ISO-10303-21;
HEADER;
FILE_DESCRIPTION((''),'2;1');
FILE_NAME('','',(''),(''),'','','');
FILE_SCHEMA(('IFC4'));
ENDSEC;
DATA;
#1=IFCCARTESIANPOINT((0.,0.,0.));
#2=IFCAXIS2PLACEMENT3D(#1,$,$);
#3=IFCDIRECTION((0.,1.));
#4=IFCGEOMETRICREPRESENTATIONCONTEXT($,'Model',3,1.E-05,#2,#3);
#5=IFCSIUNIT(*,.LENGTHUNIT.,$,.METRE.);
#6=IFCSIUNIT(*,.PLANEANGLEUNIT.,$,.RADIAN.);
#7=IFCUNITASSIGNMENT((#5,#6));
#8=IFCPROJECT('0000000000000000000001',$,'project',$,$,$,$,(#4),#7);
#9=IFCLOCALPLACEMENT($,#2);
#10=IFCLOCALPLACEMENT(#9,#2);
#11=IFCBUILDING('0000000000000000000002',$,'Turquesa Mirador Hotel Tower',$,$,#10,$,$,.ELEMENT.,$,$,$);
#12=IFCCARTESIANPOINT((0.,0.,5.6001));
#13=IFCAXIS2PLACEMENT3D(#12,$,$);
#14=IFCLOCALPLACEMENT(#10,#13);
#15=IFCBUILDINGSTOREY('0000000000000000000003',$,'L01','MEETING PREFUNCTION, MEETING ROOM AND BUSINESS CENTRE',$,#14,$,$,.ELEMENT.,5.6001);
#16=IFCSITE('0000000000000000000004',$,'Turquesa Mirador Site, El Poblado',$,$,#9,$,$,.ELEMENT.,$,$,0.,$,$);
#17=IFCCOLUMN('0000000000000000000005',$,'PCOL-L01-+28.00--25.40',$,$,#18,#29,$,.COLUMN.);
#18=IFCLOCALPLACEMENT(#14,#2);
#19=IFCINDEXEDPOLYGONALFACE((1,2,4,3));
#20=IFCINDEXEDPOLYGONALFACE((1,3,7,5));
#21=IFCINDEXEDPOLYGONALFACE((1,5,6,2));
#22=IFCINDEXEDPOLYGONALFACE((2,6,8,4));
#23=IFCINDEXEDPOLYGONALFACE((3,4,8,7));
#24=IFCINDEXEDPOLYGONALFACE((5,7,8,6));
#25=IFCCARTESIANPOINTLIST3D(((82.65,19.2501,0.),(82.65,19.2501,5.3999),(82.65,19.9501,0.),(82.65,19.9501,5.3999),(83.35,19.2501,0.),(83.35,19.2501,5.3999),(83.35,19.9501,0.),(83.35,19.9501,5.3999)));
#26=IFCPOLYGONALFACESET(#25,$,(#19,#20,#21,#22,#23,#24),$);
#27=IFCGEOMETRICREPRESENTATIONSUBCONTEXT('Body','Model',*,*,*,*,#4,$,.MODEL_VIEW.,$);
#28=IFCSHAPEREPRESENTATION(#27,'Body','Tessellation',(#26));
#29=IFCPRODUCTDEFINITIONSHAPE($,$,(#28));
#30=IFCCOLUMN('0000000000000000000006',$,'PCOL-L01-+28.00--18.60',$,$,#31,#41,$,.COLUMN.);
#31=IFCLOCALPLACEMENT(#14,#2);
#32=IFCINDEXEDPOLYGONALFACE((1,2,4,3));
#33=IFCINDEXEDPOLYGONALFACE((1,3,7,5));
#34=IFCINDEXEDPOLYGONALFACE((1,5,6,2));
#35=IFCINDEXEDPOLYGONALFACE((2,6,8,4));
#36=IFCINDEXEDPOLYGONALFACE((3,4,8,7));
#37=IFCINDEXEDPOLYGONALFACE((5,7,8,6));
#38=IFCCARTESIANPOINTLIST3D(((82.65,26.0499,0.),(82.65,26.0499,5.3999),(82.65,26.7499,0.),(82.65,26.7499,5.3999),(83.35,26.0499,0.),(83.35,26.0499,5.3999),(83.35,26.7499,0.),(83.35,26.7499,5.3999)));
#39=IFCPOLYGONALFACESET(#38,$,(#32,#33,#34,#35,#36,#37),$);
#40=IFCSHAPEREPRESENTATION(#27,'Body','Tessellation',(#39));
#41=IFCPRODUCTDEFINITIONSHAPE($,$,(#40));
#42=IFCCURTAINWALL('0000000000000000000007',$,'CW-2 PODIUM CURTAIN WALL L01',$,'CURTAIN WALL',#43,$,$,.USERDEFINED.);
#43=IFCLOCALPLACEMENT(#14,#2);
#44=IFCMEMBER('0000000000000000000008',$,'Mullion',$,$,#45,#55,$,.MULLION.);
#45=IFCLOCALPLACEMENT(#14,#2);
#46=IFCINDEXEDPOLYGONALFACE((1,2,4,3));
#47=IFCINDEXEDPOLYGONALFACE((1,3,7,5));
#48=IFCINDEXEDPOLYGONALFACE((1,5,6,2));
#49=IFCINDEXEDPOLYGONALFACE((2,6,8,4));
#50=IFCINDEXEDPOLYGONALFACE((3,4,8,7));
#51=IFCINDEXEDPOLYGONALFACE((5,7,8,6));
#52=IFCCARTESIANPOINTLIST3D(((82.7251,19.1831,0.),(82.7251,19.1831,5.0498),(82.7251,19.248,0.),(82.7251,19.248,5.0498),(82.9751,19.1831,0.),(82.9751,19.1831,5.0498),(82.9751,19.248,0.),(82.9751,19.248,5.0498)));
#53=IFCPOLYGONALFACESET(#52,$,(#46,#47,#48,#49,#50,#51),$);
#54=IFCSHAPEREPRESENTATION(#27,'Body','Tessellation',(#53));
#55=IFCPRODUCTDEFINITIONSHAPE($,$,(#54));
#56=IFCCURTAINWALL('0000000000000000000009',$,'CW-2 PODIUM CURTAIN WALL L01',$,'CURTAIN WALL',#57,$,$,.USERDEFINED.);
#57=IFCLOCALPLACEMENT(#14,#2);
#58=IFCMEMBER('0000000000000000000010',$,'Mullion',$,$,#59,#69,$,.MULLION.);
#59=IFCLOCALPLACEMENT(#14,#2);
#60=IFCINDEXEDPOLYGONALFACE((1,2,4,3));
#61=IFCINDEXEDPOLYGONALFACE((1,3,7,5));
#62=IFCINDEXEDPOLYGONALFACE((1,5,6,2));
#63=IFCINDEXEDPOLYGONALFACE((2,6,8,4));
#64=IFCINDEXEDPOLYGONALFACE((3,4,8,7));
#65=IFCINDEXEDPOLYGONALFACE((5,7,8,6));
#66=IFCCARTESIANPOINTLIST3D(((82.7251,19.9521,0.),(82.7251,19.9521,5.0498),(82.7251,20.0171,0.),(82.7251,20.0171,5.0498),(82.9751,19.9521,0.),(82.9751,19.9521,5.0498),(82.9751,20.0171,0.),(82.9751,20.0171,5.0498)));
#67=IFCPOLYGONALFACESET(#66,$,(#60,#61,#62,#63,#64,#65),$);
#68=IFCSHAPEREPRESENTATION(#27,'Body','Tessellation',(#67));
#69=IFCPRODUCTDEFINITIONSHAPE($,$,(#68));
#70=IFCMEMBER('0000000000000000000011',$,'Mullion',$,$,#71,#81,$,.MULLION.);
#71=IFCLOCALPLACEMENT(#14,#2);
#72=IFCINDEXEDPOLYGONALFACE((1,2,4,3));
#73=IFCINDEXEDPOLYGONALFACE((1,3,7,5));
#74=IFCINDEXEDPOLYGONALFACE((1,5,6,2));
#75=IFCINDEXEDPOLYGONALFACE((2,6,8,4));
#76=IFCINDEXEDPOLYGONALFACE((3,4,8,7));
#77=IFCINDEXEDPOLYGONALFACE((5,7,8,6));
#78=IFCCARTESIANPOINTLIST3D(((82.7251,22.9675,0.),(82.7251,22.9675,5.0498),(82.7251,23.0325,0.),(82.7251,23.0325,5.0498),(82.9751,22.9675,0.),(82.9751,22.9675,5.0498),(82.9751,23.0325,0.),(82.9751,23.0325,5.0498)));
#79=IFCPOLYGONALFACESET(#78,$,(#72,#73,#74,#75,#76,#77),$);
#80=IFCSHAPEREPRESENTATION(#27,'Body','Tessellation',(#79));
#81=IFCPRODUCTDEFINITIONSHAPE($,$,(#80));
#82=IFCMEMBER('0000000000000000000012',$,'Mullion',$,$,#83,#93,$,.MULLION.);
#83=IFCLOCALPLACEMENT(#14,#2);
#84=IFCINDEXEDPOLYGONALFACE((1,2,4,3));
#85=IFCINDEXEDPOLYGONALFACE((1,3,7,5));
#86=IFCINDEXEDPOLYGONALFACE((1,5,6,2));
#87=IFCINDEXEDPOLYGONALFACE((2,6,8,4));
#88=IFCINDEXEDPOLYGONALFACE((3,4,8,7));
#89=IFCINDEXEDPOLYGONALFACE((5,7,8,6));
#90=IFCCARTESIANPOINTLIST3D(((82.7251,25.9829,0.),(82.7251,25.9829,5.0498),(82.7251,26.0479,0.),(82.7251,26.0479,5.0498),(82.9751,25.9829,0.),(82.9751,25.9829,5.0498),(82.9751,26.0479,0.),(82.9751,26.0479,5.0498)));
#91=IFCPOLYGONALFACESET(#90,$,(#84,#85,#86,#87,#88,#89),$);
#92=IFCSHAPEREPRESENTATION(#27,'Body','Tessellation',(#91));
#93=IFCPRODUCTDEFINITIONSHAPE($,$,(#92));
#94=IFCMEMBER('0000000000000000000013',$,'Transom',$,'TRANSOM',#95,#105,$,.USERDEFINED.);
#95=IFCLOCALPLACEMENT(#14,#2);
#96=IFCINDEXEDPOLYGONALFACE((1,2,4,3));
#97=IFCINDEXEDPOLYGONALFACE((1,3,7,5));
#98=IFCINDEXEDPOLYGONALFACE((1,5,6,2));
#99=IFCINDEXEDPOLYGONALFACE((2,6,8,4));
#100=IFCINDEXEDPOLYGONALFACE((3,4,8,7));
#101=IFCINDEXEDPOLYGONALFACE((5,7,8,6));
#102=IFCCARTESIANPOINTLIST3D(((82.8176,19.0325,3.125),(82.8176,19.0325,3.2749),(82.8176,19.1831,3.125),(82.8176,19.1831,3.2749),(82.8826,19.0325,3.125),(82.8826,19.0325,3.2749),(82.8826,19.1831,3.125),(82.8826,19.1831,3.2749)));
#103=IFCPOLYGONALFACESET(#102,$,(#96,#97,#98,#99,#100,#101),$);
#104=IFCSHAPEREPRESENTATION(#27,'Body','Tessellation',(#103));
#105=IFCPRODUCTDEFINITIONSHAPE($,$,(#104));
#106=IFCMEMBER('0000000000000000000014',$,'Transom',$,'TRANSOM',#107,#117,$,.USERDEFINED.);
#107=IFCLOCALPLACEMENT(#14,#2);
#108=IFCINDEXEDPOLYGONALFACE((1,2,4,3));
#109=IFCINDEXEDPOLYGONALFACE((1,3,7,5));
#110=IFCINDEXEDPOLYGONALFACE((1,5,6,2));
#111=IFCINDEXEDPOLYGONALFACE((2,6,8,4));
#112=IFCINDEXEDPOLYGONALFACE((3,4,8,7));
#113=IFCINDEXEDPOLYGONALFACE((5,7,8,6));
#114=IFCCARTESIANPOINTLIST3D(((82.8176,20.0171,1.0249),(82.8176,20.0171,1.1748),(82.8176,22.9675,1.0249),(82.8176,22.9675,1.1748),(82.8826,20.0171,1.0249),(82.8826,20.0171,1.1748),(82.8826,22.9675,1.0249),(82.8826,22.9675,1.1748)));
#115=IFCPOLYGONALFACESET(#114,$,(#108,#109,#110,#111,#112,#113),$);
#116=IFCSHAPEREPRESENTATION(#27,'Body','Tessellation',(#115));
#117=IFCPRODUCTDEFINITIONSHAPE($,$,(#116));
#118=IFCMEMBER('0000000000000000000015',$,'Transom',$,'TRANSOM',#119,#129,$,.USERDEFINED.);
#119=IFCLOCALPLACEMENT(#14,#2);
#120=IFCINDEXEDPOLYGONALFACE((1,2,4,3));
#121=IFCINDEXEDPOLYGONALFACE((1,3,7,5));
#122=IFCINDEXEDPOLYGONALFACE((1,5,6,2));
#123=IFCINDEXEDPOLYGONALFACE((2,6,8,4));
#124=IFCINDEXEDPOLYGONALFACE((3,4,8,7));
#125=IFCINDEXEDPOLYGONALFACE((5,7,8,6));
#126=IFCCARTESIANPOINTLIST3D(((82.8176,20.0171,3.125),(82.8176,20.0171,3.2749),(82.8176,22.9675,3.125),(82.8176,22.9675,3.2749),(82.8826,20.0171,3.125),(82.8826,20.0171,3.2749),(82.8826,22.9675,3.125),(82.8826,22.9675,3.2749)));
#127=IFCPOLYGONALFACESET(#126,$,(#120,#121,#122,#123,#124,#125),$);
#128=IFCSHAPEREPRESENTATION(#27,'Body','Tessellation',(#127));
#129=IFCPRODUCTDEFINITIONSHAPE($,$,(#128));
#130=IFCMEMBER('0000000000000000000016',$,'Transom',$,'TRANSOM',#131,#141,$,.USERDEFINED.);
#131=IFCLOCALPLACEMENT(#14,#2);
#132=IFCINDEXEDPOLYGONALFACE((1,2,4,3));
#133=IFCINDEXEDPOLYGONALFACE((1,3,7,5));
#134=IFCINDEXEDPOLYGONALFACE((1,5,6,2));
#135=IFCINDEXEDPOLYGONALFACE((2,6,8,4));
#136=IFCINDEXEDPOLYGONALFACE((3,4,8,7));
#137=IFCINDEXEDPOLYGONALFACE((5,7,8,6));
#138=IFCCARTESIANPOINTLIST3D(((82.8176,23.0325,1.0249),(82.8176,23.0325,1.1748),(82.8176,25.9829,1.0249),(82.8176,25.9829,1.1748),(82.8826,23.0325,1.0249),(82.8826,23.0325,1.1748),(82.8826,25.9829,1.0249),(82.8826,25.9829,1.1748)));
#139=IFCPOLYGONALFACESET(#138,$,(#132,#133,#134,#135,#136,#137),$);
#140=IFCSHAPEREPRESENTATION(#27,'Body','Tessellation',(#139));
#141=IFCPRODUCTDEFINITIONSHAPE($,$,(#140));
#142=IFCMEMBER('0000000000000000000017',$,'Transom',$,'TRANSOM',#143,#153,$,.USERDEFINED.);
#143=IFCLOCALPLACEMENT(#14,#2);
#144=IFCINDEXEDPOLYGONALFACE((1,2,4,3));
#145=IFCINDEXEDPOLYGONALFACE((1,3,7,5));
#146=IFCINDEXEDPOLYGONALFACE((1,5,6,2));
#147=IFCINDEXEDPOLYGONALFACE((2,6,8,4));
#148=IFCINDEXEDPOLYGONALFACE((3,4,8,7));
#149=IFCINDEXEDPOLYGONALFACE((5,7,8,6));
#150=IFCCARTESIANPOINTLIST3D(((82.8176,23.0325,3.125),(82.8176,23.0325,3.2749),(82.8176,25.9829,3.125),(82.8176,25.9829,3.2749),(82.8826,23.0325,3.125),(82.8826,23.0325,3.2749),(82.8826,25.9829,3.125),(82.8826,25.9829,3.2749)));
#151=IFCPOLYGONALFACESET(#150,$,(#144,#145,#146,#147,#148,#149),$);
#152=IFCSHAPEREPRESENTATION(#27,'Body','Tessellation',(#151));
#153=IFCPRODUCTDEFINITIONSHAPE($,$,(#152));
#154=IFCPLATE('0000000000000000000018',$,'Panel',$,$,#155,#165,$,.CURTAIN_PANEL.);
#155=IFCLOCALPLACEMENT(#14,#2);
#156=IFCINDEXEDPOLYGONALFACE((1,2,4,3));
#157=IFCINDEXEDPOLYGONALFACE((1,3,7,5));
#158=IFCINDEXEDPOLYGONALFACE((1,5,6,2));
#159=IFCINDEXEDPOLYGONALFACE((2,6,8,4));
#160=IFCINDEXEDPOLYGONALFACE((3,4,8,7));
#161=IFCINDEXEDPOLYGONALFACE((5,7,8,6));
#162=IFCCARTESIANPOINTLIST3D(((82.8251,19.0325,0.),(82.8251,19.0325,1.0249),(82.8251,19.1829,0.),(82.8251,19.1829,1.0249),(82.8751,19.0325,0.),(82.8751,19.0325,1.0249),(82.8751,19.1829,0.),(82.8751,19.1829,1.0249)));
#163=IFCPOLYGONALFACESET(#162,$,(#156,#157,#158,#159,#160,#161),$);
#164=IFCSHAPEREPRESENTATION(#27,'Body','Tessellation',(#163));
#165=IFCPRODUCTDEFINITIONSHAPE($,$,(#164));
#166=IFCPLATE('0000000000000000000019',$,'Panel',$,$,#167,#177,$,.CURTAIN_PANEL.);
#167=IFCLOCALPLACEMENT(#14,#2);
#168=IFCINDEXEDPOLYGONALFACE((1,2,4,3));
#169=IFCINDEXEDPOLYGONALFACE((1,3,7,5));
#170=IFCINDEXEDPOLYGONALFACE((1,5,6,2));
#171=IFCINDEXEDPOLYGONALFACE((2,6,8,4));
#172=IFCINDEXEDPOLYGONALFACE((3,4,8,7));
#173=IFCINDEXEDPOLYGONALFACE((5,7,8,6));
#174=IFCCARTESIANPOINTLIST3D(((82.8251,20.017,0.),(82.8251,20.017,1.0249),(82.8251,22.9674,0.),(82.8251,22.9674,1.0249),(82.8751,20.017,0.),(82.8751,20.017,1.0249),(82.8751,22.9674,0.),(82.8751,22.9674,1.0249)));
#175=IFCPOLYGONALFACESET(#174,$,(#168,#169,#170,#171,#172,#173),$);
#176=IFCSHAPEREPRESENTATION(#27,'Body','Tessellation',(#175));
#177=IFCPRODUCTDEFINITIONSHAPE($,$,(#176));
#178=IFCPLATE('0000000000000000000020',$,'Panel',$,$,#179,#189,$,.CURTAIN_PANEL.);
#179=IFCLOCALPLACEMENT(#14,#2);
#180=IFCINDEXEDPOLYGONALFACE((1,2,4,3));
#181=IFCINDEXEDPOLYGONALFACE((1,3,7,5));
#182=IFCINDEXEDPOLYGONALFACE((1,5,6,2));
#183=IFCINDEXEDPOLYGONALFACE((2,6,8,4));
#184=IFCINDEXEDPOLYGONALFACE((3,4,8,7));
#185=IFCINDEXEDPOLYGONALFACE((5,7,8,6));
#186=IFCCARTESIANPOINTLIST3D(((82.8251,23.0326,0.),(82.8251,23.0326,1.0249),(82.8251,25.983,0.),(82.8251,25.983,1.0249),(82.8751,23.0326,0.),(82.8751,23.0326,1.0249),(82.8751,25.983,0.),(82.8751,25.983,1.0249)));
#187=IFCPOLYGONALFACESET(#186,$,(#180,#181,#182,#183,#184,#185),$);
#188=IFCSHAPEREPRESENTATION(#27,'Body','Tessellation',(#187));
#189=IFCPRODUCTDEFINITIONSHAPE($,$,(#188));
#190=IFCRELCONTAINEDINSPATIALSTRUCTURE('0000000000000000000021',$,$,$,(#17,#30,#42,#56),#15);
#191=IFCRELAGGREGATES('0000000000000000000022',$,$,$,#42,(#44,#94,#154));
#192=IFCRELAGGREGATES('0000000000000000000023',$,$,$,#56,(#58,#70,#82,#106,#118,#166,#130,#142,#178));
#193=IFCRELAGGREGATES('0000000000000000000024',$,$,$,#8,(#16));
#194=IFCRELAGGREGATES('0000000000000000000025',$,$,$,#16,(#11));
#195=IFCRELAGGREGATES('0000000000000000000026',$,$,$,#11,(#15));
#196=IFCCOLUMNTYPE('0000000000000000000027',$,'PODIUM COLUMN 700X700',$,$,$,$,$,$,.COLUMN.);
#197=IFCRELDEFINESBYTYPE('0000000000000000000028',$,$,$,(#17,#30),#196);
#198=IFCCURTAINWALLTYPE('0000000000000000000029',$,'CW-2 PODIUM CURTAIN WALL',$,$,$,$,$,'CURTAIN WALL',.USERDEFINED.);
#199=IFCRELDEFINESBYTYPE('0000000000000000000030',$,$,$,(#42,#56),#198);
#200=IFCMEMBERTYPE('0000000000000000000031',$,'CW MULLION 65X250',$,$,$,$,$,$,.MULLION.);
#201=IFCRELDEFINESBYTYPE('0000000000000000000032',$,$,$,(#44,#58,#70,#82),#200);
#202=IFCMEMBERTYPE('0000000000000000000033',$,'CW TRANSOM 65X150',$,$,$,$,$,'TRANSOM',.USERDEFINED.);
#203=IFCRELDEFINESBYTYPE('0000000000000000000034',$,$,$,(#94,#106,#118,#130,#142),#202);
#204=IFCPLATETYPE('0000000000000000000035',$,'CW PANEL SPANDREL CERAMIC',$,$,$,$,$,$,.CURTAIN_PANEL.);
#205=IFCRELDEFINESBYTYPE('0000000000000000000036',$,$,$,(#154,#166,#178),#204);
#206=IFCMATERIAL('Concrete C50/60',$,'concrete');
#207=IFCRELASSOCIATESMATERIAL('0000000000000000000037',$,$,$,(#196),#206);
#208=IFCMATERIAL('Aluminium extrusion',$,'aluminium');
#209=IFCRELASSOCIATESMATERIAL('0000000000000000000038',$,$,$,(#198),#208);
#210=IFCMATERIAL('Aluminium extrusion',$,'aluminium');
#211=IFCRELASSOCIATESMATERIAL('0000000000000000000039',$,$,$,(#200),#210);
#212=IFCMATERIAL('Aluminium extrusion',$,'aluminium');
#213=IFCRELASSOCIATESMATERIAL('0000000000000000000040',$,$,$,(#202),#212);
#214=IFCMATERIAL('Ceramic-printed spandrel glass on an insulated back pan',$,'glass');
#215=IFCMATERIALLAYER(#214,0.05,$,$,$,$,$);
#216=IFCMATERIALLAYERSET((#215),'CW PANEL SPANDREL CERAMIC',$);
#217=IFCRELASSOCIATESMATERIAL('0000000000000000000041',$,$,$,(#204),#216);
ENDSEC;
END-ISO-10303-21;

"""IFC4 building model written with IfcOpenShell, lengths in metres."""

from ifc_helpers import new_model, si_unit, direction, frame, origin, origin_2d, place, context, subcontext, project, spatial, rectangle, extrude, material, layer, layer_set, material_profile, profile_set, type_object, element, aggregate, save


model = new_model("IFC4")

# Units and contexts
model_context = context("Model", 3, precision=1e-05, world=origin(), true_north=direction((0.0, 1.0)))
body_context = subcontext(model_context, "Body", "Model", "MODEL_VIEW")
ifc_project = project(units=[si_unit("LENGTHUNIT", "METRE"), si_unit("PLANEANGLEUNIT", "RADIAN")], contexts=[model_context])

# Site, building, storey
site_placement = place(None, origin())
site = spatial("IfcSite", under=ifc_project, at=site_placement, Name="Turquesa Mirador Site, El Poblado", CompositionType="ELEMENT", RefElevation=0.0)
building_placement = place(site_placement, origin())
building = spatial("IfcBuilding", under=site, at=building_placement, Name="Turquesa Mirador Hotel Tower", CompositionType="ELEMENT")
storey_placement = place(building_placement, frame((0.0, 0.0, 5.6001)))
storey = spatial("IfcBuildingStorey", under=building, at=storey_placement, Name="L01", Description="MEETING PREFUNCTION, MEETING ROOM AND BUSINESS CENTRE", CompositionType="ELEMENT", Elevation=5.6001)

# Columns
ifc_material_1 = material(Name="Concrete C50/60", Category="concrete")
ifc_material_profile_1 = material_profile(ifc_material_1, rectangle(XDim=0.7, YDim=0.7, at=origin_2d()), Name="RC 700X700")
ifc_profile_set_1 = profile_set([ifc_material_profile_1], Name="Concrete C50/60")
column_type = type_object("IfcColumnType", Name="PODIUM COLUMN 700X700", PredefinedType="COLUMN", material=ifc_profile_set_1)
for number, where, z_axis, x_axis, name in (
    (1, (83.0, 19.6001, 0.0), (0.0, 0.0, 1.0), (1.0, 0.0, 0.0), "PCOL-L01-+28.00--25.40"),
    (2, (83.0, 26.3999, 0.0), (0.0, 0.0, 1.0), (1.0, 0.0, 0.0), "PCOL-L01-+28.00--18.60"),
):
    element("IfcColumn", number, at=place(storey_placement, frame(where, z_axis=z_axis, x_axis=x_axis)), inside=storey, type_object=column_type, Name=name, PredefinedType="COLUMN", context=body_context, shape_type="SweptSolid", body=[
        extrude(rectangle(XDim=0.7, YDim=0.7, at=origin_2d()), origin(), (0.0, 0.0, 1.0), 5.3999),
    ])

# Curtain wall, member
ifc_material_2 = material(Name="Aluminium extrusion", Category="aluminium")
curtain_wall_type = type_object("IfcCurtainWallType", Name="CW-2 PODIUM CURTAIN WALL", ElementType="CURTAIN WALL", PredefinedType="USERDEFINED", material=ifc_material_2)
curtain_wall_1_placement = place(storey_placement, origin())
curtain_wall_1 = element("IfcCurtainWall", 3, at=curtain_wall_1_placement, inside=storey, type_object=curtain_wall_type, Name="CW-2 PODIUM CURTAIN WALL L01", ObjectType="CURTAIN WALL", PredefinedType="USERDEFINED")
ifc_material_3 = material(Name="Aluminium extrusion", Category="aluminium")
ifc_material_profile_2 = material_profile(ifc_material_3, rectangle(XDim=0.0649, YDim=0.25, at=origin_2d()), Name="MULLION 65X250")
ifc_profile_set_2 = profile_set([ifc_material_profile_2], Name="Aluminium extrusion")
member_type_1 = type_object("IfcMemberType", Name="CW MULLION 65X250", PredefinedType="MULLION", material=ifc_profile_set_2)
member_1_placement = place(storey_placement, frame((82.8501, 19.2156, 0.0), z_axis=(0.0, 0.0, 1.0), x_axis=(0.0, 1.0, 0.0)))
member_1 = element("IfcMember", 4, at=member_1_placement, type_object=member_type_1, Name="Mullion", PredefinedType="MULLION", context=body_context, shape_type="SweptSolid", body=[
    extrude(rectangle(XDim=0.0649, YDim=0.25, at=origin_2d()), origin(), (0.0, 0.0, 1.0), 5.0498),
])

# Curtain wall, members
curtain_wall_2_placement = place(storey_placement, origin())
curtain_wall_2 = element("IfcCurtainWall", 5, at=curtain_wall_2_placement, inside=storey, type_object=curtain_wall_type, Name="CW-2 PODIUM CURTAIN WALL L01", ObjectType="CURTAIN WALL", PredefinedType="USERDEFINED")
member_2_placement = place(storey_placement, frame((82.8501, 19.9846, 0.0), z_axis=(0.0, 0.0, 1.0), x_axis=(0.0, 1.0, 0.0)))
member_2 = element("IfcMember", 6, at=member_2_placement, type_object=member_type_1, Name="Mullion", PredefinedType="MULLION", context=body_context, shape_type="SweptSolid", body=[
    extrude(rectangle(XDim=0.0649, YDim=0.25, at=origin_2d()), origin(), (0.0, 0.0, 1.0), 5.0498),
])
member_3_placement = place(storey_placement, frame((82.8501, 23.0, 0.0), z_axis=(0.0, 0.0, 1.0), x_axis=(0.0, 1.0, 0.0)))
member_3 = element("IfcMember", 7, at=member_3_placement, type_object=member_type_1, Name="Mullion", PredefinedType="MULLION", context=body_context, shape_type="SweptSolid", body=[
    extrude(rectangle(XDim=0.0649, YDim=0.25, at=origin_2d()), origin(), (0.0, 0.0, 1.0), 5.0498),
])
member_4_placement = place(storey_placement, frame((82.8501, 26.0154, 0.0), z_axis=(0.0, 0.0, 1.0), x_axis=(0.0, 1.0, 0.0)))
member_4 = element("IfcMember", 8, at=member_4_placement, type_object=member_type_1, Name="Mullion", PredefinedType="MULLION", context=body_context, shape_type="SweptSolid", body=[
    extrude(rectangle(XDim=0.0649, YDim=0.25, at=origin_2d()), origin(), (0.0, 0.0, 1.0), 5.0498),
])

# Members
ifc_material_4 = material(Name="Aluminium extrusion", Category="aluminium")
ifc_material_profile_3 = material_profile(ifc_material_4, rectangle(XDim=0.0649, YDim=0.1499, at=origin_2d()), Name="TRANSOM 65X150")
ifc_profile_set_3 = profile_set([ifc_material_profile_3], Name="Aluminium extrusion")
member_type_2 = type_object("IfcMemberType", Name="CW TRANSOM 65X150", ElementType="TRANSOM", PredefinedType="USERDEFINED", material=ifc_profile_set_3)
member_5_placement = place(storey_placement, frame((82.8501, 19.0325, 3.2), z_axis=(0.0, 1.0, 0.0), x_axis=(-1.0, 0.0, 0.0)))
member_5 = element("IfcMember", 9, at=member_5_placement, type_object=member_type_2, Name="Transom", ObjectType="TRANSOM", PredefinedType="USERDEFINED", context=body_context, shape_type="SweptSolid", body=[
    extrude(rectangle(XDim=0.0649, YDim=0.1499, at=origin_2d()), origin(), (0.0, 0.0, 1.0), 0.1506),
])
member_6_placement = place(storey_placement, frame((82.8501, 20.0171, 1.0999), z_axis=(0.0, 1.0, 0.0), x_axis=(-1.0, 0.0, 0.0)))
member_6 = element("IfcMember", 10, at=member_6_placement, type_object=member_type_2, Name="Transom", ObjectType="TRANSOM", PredefinedType="USERDEFINED", context=body_context, shape_type="SweptSolid", body=[
    extrude(rectangle(XDim=0.0649, YDim=0.1499, at=origin_2d()), origin(), (0.0, 0.0, 1.0), 2.9504),
])
member_7_placement = place(storey_placement, frame((82.8501, 20.0171, 3.2), z_axis=(0.0, 1.0, 0.0), x_axis=(-1.0, 0.0, 0.0)))
member_7 = element("IfcMember", 11, at=member_7_placement, type_object=member_type_2, Name="Transom", ObjectType="TRANSOM", PredefinedType="USERDEFINED", context=body_context, shape_type="SweptSolid", body=[
    extrude(rectangle(XDim=0.0649, YDim=0.1499, at=origin_2d()), origin(), (0.0, 0.0, 1.0), 2.9504),
])
member_8_placement = place(storey_placement, frame((82.8501, 23.0325, 1.0999), z_axis=(0.0, 1.0, 0.0), x_axis=(-1.0, 0.0, 0.0)))
member_8 = element("IfcMember", 12, at=member_8_placement, type_object=member_type_2, Name="Transom", ObjectType="TRANSOM", PredefinedType="USERDEFINED", context=body_context, shape_type="SweptSolid", body=[
    extrude(rectangle(XDim=0.0649, YDim=0.1499, at=origin_2d()), origin(), (0.0, 0.0, 1.0), 2.9504),
])
member_9_placement = place(storey_placement, frame((82.8501, 23.0325, 3.2), z_axis=(0.0, 1.0, 0.0), x_axis=(-1.0, 0.0, 0.0)))
member_9 = element("IfcMember", 13, at=member_9_placement, type_object=member_type_2, Name="Transom", ObjectType="TRANSOM", PredefinedType="USERDEFINED", context=body_context, shape_type="SweptSolid", body=[
    extrude(rectangle(XDim=0.0649, YDim=0.1499, at=origin_2d()), origin(), (0.0, 0.0, 1.0), 2.9504),
])

# Plates
ifc_material_5 = material(Name="Ceramic-printed spandrel glass on an insulated back pan", Category="glass")
ifc_layer_1 = layer(ifc_material_5, 0.05)
ifc_layer_set_1 = layer_set([ifc_layer_1], Name="CW PANEL SPANDREL CERAMIC")
plate_type_1 = type_object("IfcPlateType", Name="CW PANEL SPANDREL CERAMIC", PredefinedType="CURTAIN_PANEL", material=ifc_layer_set_1)
plate_1_placement = place(storey_placement, frame((82.8501, 19.1077, 0.0), z_axis=(0.0, 0.0, 1.0), x_axis=(0.0, 1.0, 0.0)))
plate_1 = element("IfcPlate", 14, at=plate_1_placement, type_object=plate_type_1, Name="Panel", PredefinedType="CURTAIN_PANEL", context=body_context, shape_type="SweptSolid", body=[
    extrude(rectangle(XDim=0.1504, YDim=0.05, at=origin_2d()), origin(), (0.0, 0.0, 1.0), 1.0249),
])
plate_2_placement = place(storey_placement, frame((82.8501, 21.4922, 0.0), z_axis=(0.0, 0.0, 1.0), x_axis=(0.0, 1.0, 0.0)))
plate_2 = element("IfcPlate", 15, at=plate_2_placement, type_object=plate_type_1, Name="Panel", PredefinedType="CURTAIN_PANEL", context=body_context, shape_type="SweptSolid", body=[
    extrude(rectangle(XDim=2.9504, YDim=0.05, at=origin_2d()), origin(), (0.0, 0.0, 1.0), 1.0249),
])
plate_3_placement = place(storey_placement, frame((82.8501, 24.5078, 0.0), z_axis=(0.0, 0.0, 1.0), x_axis=(0.0, 1.0, 0.0)))
plate_3 = element("IfcPlate", 16, at=plate_3_placement, type_object=plate_type_1, Name="Panel", PredefinedType="CURTAIN_PANEL", context=body_context, shape_type="SweptSolid", body=[
    extrude(rectangle(XDim=2.9504, YDim=0.05, at=origin_2d()), origin(), (0.0, 0.0, 1.0), 1.0249),
])
aggregate(curtain_wall_1, [member_1, member_5, plate_1])
aggregate(curtain_wall_2, [member_2, member_3, member_4, member_6, member_7, plate_2, member_8, member_9, plate_3])

save(model, "model.ifc")
